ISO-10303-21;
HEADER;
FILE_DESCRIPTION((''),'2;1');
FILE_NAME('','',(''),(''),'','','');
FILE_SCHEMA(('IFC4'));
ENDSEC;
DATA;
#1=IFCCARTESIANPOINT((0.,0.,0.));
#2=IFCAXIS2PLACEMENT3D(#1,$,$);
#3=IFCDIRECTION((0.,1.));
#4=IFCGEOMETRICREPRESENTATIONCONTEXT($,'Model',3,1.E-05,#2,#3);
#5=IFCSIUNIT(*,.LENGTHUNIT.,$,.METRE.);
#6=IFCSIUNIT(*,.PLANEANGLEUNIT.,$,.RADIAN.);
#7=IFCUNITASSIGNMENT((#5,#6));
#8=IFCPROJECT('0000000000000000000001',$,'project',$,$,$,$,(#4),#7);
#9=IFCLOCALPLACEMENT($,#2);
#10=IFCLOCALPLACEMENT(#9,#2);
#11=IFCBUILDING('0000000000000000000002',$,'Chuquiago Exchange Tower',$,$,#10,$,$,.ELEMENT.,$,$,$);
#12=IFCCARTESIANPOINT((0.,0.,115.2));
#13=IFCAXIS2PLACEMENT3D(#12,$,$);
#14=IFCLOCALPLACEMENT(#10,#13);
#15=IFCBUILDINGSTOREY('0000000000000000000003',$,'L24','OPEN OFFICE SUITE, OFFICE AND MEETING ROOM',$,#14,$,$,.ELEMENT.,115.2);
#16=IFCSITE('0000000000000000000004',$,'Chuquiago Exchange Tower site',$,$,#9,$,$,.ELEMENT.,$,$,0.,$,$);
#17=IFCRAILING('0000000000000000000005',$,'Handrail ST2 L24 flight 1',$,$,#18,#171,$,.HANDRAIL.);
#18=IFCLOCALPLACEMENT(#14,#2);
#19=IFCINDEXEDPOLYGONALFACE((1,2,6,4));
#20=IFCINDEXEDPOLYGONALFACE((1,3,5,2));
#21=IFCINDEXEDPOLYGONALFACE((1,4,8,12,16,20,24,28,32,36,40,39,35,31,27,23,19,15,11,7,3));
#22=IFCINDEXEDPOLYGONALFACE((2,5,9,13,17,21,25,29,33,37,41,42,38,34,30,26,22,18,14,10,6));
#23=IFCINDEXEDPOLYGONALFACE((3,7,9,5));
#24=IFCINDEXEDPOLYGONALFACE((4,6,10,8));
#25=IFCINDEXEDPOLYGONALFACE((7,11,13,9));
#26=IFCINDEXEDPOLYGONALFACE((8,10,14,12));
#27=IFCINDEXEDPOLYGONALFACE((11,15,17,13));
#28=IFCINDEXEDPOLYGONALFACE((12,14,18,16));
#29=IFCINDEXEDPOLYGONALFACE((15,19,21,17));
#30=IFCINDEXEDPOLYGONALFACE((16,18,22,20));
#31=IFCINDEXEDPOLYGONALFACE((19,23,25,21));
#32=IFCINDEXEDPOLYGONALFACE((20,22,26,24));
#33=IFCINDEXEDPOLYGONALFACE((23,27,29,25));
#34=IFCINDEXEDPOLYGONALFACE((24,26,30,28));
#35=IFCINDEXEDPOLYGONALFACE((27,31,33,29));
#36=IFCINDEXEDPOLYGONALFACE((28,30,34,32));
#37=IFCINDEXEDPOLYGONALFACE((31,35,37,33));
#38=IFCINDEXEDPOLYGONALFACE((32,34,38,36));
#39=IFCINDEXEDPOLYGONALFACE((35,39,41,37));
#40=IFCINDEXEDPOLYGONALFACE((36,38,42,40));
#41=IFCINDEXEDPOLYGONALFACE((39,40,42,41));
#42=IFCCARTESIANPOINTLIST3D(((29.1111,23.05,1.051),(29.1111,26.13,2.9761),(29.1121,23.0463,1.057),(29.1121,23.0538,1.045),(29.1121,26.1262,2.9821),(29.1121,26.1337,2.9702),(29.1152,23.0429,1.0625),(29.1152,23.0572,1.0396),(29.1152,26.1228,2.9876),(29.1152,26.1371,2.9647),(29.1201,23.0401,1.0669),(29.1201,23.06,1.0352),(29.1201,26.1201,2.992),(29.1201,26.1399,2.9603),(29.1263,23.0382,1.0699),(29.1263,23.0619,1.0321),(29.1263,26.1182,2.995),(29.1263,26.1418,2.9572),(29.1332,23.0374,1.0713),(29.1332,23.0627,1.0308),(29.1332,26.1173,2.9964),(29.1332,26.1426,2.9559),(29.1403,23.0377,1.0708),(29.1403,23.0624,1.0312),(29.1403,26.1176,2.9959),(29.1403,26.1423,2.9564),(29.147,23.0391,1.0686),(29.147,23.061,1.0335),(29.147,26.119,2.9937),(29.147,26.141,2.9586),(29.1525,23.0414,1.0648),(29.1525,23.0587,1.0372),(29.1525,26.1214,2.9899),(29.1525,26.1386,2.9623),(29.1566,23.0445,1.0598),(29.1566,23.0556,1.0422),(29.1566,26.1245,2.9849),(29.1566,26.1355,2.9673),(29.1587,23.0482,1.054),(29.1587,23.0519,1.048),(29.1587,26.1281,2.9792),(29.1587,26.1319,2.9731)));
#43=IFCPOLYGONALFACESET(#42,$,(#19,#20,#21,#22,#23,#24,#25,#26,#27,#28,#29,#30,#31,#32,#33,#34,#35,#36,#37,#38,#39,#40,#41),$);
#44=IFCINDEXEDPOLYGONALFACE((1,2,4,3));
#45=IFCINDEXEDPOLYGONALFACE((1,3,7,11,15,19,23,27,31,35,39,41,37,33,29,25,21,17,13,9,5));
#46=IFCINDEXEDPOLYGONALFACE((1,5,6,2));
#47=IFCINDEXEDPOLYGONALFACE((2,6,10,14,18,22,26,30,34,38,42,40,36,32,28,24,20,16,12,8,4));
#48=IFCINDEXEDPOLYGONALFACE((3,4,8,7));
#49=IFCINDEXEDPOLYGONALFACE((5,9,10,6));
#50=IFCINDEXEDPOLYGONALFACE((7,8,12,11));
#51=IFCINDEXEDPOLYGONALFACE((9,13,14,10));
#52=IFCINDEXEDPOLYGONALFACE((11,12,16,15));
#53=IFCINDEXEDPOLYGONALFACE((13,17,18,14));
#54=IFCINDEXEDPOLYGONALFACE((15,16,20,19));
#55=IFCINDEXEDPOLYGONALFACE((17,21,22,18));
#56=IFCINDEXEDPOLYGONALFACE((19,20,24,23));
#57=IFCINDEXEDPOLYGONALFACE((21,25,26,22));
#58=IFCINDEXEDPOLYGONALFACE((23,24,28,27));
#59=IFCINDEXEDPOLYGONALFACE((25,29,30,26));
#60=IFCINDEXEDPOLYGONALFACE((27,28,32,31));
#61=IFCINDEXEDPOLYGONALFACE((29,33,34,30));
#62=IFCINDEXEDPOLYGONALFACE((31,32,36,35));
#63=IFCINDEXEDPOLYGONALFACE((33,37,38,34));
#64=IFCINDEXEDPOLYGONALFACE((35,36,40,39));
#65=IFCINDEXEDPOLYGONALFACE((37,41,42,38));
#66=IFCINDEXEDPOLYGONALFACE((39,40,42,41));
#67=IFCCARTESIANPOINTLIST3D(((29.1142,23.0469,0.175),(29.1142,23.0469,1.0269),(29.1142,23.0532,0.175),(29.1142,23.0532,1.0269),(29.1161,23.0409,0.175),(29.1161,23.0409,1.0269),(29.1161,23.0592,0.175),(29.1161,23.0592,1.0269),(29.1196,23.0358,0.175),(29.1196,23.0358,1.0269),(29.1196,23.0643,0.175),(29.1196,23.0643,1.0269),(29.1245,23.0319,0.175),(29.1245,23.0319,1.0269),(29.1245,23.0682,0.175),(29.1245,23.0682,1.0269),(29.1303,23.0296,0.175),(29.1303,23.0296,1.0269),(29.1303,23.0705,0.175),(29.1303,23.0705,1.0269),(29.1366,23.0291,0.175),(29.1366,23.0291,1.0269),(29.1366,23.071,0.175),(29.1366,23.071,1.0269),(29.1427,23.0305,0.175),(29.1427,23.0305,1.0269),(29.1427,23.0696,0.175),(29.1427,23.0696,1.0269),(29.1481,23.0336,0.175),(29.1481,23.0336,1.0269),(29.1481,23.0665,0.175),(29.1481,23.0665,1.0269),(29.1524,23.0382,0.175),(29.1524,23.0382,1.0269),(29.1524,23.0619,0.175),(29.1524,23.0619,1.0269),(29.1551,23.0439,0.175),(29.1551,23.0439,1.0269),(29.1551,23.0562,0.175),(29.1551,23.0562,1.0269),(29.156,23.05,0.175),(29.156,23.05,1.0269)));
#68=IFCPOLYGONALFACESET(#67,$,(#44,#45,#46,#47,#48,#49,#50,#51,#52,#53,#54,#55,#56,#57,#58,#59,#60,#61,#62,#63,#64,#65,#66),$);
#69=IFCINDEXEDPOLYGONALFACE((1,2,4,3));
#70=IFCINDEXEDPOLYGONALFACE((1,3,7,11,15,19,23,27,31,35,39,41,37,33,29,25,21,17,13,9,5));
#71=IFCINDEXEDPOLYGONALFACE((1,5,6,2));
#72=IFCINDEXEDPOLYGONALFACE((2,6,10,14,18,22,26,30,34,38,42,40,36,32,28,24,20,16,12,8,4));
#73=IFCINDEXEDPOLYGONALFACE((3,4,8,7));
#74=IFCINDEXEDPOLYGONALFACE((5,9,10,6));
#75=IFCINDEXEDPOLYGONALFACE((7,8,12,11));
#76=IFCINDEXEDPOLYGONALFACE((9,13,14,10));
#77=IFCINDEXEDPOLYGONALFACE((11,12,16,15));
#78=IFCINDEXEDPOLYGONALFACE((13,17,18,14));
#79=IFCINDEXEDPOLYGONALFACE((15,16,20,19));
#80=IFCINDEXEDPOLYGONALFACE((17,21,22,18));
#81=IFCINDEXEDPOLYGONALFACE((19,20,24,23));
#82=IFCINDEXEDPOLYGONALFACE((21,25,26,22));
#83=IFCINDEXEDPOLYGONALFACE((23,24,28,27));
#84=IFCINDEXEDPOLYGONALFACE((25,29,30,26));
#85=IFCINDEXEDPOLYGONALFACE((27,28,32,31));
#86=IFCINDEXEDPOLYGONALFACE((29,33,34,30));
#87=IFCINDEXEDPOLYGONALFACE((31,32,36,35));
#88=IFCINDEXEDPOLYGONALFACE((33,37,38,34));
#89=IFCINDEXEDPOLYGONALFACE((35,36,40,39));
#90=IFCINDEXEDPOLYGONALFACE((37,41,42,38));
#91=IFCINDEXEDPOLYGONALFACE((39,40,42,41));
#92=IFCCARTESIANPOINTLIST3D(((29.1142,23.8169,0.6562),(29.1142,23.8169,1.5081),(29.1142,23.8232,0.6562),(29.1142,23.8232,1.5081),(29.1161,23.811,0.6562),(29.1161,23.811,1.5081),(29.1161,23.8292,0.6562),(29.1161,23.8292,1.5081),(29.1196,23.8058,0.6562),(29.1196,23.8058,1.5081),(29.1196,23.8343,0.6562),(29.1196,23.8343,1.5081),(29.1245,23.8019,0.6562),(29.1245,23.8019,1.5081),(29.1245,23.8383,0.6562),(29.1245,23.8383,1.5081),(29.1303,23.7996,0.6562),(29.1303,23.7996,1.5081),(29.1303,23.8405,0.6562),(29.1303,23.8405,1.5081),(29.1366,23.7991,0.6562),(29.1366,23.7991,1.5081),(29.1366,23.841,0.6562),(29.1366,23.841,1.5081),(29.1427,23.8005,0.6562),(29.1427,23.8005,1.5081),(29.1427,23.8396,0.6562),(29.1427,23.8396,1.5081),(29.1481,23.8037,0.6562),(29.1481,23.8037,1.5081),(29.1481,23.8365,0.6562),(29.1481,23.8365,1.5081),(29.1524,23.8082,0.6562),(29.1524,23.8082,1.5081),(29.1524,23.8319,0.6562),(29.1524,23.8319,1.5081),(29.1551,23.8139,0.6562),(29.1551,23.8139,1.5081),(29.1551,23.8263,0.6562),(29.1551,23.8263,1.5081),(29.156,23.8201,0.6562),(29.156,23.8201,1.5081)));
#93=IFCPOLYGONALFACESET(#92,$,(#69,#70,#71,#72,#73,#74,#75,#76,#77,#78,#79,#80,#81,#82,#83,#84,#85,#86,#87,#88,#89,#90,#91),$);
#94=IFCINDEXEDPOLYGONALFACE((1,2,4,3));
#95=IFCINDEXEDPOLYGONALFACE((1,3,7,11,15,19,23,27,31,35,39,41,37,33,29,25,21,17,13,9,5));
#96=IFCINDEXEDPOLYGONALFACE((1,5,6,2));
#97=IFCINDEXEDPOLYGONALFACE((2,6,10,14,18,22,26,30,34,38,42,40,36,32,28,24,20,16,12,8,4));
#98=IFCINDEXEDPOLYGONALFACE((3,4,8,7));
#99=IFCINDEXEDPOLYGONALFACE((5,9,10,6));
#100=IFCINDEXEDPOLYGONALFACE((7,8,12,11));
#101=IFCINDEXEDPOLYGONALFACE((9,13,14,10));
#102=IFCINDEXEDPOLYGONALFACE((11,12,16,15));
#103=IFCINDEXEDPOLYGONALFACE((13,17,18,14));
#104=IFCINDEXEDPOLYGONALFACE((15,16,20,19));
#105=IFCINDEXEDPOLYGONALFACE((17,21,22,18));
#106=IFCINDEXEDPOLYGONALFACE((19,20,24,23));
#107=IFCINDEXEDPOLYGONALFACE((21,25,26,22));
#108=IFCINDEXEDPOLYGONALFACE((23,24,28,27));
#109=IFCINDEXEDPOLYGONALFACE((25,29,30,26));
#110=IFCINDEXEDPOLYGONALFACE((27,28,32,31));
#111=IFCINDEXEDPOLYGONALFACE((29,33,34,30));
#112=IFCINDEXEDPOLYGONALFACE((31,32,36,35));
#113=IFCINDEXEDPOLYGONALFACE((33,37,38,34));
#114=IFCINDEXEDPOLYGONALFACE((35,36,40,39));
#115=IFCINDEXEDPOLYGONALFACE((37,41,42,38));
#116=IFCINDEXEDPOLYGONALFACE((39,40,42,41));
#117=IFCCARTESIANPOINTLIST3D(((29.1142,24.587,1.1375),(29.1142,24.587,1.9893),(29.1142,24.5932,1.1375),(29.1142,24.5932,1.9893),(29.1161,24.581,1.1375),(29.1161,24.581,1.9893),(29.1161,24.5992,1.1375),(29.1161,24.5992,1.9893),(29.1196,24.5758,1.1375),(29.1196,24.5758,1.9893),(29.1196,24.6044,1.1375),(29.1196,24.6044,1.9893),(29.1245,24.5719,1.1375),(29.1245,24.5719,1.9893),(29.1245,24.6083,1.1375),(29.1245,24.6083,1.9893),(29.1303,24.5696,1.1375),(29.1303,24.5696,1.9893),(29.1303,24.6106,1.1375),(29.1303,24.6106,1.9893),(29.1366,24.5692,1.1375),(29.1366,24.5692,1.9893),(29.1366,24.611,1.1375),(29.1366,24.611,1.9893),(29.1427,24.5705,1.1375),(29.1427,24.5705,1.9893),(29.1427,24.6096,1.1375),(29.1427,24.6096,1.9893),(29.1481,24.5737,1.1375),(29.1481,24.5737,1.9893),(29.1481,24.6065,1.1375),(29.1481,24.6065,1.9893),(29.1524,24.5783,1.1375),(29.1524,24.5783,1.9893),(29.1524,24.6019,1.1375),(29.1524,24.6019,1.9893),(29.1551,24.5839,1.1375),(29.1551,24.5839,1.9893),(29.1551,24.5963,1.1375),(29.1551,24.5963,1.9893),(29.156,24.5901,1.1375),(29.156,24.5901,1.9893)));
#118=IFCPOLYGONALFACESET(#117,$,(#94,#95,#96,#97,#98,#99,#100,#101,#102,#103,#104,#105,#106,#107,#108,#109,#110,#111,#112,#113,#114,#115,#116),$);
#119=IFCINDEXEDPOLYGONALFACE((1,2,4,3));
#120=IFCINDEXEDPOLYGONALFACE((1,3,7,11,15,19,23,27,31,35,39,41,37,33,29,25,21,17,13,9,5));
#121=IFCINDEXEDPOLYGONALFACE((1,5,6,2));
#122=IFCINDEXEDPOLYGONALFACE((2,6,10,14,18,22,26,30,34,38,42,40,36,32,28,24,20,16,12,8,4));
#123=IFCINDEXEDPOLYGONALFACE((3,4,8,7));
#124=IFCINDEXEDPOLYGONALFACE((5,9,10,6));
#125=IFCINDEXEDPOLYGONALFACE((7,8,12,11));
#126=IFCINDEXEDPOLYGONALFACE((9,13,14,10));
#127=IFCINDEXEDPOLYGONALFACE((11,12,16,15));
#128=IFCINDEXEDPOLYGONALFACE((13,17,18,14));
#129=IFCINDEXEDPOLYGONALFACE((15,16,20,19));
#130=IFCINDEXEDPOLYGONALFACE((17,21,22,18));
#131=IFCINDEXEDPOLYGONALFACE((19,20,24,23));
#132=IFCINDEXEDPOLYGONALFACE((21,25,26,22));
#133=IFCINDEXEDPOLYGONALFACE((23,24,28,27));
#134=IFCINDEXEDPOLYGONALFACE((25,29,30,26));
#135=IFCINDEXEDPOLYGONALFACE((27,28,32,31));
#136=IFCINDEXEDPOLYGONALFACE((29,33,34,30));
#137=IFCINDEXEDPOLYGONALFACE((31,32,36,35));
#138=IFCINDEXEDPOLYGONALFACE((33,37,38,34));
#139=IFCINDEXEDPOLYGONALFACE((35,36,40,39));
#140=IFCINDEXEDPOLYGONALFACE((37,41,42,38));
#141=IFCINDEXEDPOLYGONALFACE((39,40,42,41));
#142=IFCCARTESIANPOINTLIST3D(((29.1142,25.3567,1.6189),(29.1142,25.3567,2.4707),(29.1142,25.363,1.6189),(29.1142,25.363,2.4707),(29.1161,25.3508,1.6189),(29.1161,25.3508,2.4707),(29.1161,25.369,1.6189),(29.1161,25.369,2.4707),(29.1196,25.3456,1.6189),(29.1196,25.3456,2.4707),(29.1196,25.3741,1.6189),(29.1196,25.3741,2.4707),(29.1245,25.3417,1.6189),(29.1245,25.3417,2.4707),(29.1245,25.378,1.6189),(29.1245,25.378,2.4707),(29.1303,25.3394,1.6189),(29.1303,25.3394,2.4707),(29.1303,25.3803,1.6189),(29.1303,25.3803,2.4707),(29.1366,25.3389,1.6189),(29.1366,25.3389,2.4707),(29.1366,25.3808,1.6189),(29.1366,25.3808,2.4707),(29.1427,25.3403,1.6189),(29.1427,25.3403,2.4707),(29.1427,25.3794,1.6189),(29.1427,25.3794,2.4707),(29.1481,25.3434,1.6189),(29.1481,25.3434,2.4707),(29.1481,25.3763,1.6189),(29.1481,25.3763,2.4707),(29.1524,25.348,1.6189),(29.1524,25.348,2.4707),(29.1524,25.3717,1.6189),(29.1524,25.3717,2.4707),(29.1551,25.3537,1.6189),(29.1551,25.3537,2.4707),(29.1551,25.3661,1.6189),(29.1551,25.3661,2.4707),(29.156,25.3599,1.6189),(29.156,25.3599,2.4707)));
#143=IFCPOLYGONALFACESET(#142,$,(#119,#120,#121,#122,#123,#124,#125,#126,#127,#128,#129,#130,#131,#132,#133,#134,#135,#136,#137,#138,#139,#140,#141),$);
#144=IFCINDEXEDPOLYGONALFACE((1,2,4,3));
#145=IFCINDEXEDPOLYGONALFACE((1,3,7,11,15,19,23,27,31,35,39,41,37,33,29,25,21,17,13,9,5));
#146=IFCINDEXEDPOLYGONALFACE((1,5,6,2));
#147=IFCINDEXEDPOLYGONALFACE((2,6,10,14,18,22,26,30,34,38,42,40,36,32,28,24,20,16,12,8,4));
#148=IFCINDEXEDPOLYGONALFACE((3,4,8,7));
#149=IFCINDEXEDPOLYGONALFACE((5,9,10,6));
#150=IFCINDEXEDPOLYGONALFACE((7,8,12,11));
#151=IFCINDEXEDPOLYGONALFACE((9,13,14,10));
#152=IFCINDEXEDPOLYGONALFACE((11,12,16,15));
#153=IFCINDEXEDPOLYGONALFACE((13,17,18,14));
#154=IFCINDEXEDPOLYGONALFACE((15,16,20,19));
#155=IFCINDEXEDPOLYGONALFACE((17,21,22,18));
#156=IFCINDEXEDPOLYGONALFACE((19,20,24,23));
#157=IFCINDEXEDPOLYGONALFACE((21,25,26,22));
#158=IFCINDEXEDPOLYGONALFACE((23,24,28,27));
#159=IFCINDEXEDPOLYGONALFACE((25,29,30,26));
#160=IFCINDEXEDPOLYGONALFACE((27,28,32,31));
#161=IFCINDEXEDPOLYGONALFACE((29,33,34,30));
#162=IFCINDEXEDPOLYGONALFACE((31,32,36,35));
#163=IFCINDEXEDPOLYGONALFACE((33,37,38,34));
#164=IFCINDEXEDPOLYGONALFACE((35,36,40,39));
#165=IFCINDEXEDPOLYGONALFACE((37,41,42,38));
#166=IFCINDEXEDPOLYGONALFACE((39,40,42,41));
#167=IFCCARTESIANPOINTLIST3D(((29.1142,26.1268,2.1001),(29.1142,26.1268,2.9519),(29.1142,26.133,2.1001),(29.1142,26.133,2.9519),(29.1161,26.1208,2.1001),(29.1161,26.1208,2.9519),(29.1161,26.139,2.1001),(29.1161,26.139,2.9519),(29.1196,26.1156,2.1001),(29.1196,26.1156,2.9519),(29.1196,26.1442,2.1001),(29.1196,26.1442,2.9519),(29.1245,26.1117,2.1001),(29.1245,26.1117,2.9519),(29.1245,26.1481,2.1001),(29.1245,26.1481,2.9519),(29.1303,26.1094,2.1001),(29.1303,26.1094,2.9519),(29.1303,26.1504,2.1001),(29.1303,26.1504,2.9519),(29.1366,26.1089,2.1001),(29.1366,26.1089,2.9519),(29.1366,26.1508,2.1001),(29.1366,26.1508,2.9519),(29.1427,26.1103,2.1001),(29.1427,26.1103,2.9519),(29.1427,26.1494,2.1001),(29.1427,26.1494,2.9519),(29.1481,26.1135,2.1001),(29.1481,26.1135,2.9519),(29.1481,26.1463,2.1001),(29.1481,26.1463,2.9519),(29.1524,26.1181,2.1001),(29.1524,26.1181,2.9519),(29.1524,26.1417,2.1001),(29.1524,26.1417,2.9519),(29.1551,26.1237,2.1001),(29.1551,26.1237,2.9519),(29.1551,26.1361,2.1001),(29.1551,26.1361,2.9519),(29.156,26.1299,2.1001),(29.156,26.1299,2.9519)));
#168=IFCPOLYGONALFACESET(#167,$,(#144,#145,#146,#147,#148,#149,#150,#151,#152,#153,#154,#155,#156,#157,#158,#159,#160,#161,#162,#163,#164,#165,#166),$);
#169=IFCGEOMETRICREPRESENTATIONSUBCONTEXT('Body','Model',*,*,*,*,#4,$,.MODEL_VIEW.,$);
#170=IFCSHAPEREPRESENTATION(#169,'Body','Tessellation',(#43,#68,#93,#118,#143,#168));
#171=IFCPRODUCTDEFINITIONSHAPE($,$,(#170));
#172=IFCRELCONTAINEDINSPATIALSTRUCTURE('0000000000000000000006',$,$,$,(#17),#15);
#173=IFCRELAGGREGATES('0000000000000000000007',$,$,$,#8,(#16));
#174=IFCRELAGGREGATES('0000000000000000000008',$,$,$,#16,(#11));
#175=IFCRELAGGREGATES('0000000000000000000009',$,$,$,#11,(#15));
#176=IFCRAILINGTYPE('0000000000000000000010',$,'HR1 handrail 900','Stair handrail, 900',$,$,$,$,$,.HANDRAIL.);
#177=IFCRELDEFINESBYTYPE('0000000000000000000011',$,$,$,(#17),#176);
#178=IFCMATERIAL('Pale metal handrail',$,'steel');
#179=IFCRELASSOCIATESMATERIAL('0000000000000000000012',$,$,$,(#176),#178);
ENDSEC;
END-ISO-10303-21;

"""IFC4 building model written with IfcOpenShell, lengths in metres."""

from ifc_helpers import new_model, si_unit, direction, frame, origin, origin_2d, place, context, subcontext, project, spatial, circle, extrude, material, type_object, element, save


model = new_model("IFC4")

# Units and contexts
model_context = context("Model", 3, precision=1e-05, world=origin(), true_north=direction((0.0, 1.0)))
body_context = subcontext(model_context, "Body", "Model", "MODEL_VIEW")
ifc_project = project(units=[si_unit("LENGTHUNIT", "METRE"), si_unit("PLANEANGLEUNIT", "RADIAN")], contexts=[model_context])

# Site, building, storey
site_placement = place(None, origin())
site = spatial("IfcSite", under=ifc_project, at=site_placement, Name="Chuquiago Exchange Tower site", CompositionType="ELEMENT", RefElevation=0.0)
building_placement = place(site_placement, origin())
building = spatial("IfcBuilding", under=site, at=building_placement, Name="Chuquiago Exchange Tower", CompositionType="ELEMENT")
storey_placement = place(building_placement, frame((0.0, 0.0, 115.2)))
storey = spatial("IfcBuildingStorey", under=building, at=storey_placement, Name="L24", Description="OPEN OFFICE SUITE, OFFICE AND MEETING ROOM", CompositionType="ELEMENT", Elevation=115.2)

# Railing
ifc_material_1 = material(Name="Pale metal handrail", Category="steel")
railing_type_1 = type_object("IfcRailingType", Name="HR1 handrail 900", Description="Stair handrail, 900", PredefinedType="HANDRAIL", material=ifc_material_1)
railing_1_placement = place(storey_placement, frame((29.135, 23.05, 0.175)))
element("IfcRailing", 1, at=railing_1_placement, inside=storey, type_object=railing_type_1, Name="Handrail ST2 L24 flight 1", PredefinedType="HANDRAIL", context=body_context, shape_type="SweptSolid", body=[
    extrude(circle(Radius=0.0239, at=origin_2d()), frame((0.0, 0.0, 0.876), z_axis=(0.0, 0.847979, 0.530029), x_axis=(-1.0, 0.0, 0.0)), (0.0, 0.0, 1.0), 3.6321),
    extrude(circle(Radius=0.021, at=origin_2d()), origin(), (0.0, 0.0, 1.0), 0.8518),
    extrude(circle(Radius=0.021, at=origin_2d()), frame((0.0, 0.77, 0.4812)), (0.0, 0.0, 1.0), 0.8518),
    extrude(circle(Radius=0.021, at=origin_2d()), frame((0.0, 1.54, 0.9624)), (0.0, 0.0, 1.0), 0.8518),
    extrude(circle(Radius=0.021, at=origin_2d()), frame((0.0, 2.3098, 1.4438)), (0.0, 0.0, 1.0), 0.8518),
    extrude(circle(Radius=0.021, at=origin_2d()), frame((0.0, 3.0798, 1.925)), (0.0, 0.0, 1.0), 0.8518),
])

save(model, "model.ifc")
